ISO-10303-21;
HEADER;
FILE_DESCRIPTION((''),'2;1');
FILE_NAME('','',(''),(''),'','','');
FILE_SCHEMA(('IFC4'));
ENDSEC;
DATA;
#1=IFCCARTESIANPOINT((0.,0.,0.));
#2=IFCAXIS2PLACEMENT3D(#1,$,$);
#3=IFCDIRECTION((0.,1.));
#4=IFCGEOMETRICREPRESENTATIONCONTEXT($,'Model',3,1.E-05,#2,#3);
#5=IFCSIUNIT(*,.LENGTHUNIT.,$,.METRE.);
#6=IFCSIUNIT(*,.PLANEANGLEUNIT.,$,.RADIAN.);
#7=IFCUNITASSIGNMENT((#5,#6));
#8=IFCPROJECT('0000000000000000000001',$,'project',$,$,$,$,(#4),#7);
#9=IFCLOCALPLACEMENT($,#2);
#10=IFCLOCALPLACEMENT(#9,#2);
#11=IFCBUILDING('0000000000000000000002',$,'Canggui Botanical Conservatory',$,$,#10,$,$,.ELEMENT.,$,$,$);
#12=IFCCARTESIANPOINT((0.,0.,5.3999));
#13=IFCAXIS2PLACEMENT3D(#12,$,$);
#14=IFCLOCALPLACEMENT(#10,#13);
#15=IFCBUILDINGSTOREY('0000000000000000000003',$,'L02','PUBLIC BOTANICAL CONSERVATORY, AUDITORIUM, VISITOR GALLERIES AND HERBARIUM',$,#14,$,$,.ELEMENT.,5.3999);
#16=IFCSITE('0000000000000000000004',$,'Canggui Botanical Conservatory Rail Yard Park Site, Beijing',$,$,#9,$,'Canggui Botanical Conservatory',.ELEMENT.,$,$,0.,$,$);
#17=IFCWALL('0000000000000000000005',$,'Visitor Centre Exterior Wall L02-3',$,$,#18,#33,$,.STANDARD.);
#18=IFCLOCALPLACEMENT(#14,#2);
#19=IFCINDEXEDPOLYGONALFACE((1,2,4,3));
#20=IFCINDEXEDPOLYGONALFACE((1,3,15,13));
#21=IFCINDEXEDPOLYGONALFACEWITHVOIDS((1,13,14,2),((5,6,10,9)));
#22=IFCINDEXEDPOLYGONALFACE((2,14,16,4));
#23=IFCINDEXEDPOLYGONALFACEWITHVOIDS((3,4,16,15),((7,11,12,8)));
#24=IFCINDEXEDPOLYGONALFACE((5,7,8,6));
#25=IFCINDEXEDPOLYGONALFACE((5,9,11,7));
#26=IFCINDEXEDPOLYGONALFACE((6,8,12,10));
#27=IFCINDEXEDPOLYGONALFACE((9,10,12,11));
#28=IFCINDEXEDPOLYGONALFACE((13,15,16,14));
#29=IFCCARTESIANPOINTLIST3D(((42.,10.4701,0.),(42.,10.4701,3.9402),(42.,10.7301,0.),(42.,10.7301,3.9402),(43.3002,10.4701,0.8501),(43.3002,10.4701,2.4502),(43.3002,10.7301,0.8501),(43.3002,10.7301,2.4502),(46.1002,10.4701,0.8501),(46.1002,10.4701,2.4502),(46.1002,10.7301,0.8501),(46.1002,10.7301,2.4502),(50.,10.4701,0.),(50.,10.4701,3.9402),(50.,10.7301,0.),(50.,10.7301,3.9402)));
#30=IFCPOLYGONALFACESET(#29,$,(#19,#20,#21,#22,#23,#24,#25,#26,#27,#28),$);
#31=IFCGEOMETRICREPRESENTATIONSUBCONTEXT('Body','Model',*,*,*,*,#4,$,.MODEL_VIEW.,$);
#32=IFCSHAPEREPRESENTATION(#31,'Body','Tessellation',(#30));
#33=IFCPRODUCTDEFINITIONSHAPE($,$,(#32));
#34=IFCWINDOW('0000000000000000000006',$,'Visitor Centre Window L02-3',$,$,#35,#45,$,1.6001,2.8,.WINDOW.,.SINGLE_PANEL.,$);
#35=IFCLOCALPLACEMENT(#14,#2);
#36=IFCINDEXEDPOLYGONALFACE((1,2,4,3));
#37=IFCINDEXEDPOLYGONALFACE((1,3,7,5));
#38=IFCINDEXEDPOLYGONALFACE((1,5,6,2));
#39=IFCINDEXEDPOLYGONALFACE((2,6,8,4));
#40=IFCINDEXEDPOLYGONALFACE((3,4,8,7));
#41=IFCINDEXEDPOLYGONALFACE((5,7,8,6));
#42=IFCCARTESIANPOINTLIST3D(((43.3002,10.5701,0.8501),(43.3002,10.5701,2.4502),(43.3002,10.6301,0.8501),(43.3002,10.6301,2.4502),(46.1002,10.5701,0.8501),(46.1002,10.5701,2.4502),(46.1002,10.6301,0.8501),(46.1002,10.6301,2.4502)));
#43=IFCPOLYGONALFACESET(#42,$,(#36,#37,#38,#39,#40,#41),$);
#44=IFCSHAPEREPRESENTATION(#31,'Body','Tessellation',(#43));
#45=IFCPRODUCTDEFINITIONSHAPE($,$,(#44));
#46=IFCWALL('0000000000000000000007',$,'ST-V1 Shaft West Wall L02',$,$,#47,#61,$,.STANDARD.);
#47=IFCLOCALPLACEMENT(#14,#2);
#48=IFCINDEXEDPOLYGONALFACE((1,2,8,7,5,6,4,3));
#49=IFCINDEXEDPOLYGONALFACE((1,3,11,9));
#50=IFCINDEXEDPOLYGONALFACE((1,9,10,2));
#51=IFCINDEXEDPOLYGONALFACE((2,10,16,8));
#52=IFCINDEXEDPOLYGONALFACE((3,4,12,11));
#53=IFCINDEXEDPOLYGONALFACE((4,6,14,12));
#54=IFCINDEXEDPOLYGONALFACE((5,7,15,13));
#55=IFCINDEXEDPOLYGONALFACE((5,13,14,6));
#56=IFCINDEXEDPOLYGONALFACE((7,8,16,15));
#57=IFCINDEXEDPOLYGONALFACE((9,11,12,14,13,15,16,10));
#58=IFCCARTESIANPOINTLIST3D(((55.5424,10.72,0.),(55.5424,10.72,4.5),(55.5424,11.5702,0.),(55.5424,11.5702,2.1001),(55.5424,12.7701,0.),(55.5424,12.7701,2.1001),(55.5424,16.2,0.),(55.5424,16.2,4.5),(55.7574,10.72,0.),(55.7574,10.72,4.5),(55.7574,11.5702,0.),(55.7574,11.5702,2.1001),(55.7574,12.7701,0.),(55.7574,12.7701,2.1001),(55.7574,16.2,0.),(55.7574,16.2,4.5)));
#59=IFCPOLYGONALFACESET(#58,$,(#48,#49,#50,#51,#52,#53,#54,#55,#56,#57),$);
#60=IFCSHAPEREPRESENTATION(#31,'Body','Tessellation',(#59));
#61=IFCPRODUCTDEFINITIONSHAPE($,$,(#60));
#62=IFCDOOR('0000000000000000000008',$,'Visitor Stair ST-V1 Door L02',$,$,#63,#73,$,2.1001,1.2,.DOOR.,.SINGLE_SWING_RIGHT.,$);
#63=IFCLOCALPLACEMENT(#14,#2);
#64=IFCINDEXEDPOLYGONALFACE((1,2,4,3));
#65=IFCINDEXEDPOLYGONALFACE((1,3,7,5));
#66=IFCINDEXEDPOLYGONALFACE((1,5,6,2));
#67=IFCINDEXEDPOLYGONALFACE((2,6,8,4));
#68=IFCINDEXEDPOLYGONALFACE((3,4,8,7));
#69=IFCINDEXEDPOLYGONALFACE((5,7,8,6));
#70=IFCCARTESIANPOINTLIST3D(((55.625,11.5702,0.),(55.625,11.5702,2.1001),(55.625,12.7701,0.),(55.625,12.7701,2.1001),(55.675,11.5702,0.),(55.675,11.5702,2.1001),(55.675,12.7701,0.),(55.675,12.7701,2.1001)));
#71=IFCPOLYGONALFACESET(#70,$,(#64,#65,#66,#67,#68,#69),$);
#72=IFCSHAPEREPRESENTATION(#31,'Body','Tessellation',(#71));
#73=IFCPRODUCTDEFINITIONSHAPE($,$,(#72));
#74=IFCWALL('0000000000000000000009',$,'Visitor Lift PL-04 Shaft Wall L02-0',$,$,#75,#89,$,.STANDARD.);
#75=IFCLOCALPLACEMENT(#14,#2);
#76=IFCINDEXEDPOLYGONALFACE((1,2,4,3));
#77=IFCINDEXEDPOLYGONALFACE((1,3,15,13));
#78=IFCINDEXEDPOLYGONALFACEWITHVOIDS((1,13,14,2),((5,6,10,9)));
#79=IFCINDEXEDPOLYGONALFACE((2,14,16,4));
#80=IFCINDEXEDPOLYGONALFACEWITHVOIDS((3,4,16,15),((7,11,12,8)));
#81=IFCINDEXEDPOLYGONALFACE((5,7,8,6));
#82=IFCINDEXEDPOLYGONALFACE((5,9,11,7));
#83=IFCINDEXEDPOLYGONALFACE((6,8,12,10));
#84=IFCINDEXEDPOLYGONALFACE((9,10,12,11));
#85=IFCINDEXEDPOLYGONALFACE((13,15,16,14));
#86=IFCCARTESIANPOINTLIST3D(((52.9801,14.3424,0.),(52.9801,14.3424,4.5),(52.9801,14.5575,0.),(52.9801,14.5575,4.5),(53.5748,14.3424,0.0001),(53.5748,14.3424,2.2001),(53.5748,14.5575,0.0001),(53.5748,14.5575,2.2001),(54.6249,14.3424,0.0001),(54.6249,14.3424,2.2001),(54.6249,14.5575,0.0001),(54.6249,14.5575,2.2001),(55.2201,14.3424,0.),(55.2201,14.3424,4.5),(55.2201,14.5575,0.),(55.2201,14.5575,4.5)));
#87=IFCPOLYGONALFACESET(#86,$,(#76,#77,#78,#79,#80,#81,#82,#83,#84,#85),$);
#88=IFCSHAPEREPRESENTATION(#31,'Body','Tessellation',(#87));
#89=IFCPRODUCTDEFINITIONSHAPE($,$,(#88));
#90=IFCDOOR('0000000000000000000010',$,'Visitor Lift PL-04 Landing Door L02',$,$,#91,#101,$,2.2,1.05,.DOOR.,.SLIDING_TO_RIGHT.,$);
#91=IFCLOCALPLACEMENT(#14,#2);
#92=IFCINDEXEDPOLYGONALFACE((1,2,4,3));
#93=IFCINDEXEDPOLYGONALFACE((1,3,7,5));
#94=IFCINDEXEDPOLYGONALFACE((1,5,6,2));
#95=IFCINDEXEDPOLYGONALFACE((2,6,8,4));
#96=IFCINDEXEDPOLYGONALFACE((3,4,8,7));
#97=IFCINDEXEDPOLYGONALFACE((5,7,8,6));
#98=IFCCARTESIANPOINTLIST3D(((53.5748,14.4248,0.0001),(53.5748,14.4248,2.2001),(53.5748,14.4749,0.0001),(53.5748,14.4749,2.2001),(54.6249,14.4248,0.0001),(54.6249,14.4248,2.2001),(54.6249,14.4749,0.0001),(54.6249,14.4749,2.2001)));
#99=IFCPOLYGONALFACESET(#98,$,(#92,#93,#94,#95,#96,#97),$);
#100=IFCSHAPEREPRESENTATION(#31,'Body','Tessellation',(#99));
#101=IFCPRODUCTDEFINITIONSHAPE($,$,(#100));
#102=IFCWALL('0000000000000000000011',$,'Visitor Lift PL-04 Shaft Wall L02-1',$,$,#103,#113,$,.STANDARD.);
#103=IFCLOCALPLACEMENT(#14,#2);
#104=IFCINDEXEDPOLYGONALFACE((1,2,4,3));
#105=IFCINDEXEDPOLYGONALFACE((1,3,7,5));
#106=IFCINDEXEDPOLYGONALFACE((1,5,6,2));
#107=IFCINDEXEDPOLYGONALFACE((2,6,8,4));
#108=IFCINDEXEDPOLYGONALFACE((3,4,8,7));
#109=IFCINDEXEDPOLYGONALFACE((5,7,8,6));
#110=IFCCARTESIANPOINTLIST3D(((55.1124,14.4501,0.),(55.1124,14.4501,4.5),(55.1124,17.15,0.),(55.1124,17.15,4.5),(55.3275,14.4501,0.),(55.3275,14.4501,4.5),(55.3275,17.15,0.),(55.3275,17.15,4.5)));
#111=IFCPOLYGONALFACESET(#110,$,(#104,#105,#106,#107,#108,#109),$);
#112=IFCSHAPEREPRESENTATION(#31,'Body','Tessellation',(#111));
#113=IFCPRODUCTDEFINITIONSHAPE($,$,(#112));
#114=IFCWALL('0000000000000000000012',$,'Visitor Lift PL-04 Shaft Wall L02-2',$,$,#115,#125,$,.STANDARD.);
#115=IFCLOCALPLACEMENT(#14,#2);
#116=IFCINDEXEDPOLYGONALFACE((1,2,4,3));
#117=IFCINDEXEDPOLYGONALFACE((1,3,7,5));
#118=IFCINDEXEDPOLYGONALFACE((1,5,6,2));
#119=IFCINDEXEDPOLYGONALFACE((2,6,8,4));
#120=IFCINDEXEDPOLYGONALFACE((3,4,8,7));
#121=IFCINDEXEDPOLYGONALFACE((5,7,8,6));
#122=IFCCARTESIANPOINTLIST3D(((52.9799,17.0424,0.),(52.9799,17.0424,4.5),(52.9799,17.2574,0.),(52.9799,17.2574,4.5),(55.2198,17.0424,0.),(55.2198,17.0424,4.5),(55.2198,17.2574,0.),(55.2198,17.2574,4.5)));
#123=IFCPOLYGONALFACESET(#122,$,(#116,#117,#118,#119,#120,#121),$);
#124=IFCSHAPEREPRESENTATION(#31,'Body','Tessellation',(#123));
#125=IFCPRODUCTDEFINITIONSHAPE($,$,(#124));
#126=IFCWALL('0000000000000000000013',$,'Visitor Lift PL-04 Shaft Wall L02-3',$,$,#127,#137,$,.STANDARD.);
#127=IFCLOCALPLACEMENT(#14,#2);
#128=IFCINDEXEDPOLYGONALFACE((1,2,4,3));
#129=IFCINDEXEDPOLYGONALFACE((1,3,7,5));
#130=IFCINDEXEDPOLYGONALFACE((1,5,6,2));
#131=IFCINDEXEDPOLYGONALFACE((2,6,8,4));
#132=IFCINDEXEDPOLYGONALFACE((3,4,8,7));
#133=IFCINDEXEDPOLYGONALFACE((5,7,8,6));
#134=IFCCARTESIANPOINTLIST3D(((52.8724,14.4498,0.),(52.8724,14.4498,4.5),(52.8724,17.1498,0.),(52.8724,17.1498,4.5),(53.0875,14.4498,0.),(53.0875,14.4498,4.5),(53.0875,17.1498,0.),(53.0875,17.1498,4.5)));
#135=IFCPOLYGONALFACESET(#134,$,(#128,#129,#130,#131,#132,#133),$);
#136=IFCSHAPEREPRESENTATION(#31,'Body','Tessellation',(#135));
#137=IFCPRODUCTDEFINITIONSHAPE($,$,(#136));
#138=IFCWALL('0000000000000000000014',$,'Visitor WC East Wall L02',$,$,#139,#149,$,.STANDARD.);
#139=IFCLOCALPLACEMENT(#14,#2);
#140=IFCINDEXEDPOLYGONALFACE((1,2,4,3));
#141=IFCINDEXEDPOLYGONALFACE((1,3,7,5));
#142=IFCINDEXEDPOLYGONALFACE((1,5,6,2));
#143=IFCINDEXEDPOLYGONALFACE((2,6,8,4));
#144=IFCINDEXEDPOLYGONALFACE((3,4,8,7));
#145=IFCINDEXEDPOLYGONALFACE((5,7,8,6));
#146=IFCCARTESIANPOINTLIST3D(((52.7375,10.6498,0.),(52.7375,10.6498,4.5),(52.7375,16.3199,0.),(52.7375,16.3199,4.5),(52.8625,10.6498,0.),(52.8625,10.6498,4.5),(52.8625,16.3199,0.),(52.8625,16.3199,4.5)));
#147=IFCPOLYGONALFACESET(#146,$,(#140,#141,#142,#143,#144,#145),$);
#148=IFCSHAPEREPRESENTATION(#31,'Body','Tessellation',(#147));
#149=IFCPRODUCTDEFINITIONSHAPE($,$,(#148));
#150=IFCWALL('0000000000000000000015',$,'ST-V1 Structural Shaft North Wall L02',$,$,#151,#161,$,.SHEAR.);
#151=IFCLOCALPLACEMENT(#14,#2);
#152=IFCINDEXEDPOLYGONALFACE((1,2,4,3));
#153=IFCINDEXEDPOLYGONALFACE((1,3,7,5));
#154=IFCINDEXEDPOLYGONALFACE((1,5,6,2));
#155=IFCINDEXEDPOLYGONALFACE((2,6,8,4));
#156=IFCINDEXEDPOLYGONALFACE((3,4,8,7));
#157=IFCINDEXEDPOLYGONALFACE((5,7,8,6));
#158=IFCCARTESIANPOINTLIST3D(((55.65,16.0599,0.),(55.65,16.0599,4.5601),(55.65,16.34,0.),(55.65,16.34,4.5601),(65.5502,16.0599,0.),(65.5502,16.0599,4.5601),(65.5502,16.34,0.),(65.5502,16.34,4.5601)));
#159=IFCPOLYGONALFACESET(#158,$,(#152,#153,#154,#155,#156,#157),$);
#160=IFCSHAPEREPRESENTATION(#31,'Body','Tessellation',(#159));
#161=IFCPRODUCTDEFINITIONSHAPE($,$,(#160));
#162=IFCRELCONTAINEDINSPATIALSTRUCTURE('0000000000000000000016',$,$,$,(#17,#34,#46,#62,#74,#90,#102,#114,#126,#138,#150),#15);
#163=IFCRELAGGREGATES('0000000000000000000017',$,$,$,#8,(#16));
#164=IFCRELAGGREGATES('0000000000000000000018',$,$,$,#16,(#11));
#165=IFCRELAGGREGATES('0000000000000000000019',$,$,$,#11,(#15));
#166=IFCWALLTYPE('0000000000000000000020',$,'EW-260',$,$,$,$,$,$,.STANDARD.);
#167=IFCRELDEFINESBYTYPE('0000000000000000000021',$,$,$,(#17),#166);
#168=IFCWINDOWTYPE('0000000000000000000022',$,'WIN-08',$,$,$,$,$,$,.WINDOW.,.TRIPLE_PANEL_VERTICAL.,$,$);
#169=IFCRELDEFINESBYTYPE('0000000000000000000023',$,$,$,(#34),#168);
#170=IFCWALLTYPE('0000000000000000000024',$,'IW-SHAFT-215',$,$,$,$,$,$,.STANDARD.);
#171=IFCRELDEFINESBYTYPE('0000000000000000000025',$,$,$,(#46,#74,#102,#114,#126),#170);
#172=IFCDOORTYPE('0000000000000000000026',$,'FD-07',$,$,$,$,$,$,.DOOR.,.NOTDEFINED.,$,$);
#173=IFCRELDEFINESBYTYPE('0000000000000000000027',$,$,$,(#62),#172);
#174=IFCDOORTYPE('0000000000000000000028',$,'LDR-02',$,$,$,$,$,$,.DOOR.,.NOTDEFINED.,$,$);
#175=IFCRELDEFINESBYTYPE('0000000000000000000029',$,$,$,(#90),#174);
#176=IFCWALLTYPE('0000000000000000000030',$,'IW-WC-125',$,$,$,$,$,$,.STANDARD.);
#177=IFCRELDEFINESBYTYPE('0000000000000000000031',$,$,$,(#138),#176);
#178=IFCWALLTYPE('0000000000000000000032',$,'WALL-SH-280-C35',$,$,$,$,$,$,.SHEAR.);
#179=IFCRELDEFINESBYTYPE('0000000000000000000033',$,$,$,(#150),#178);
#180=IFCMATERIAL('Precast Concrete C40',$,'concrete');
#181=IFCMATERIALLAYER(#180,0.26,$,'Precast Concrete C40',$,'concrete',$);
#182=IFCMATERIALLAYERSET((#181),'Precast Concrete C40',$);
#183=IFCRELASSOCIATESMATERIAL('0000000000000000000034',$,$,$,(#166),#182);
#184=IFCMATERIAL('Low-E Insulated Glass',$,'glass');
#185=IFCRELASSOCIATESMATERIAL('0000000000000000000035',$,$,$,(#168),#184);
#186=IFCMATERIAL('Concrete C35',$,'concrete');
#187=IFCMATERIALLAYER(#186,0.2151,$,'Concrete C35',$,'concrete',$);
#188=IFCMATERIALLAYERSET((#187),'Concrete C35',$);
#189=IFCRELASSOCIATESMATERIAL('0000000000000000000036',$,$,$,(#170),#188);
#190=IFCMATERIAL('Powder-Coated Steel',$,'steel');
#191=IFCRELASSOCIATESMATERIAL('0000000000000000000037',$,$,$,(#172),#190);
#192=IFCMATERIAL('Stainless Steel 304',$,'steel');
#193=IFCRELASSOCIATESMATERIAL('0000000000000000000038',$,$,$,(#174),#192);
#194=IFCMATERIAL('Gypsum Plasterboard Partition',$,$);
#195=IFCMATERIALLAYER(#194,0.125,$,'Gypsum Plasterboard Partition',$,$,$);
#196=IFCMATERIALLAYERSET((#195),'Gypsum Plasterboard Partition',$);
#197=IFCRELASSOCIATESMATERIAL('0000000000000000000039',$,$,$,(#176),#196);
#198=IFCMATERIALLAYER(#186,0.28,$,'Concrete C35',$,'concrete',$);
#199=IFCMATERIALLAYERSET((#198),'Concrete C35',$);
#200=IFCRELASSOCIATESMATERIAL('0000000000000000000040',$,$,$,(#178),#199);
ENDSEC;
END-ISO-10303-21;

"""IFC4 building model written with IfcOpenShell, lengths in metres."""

from ifc_helpers import new_model, si_unit, direction, frame, frame_2d, origin, place, context, subcontext, project, spatial, rectangle, extrude, material, layer, layer_set, type_object, element, fill, save


model = new_model("IFC4")

# Units and contexts
model_context = context("Model", 3, precision=1e-05, world=origin(), true_north=direction((0.0, 1.0)))
body_context = subcontext(model_context, "Body", "Model", "MODEL_VIEW")
ifc_project = project(units=[si_unit("LENGTHUNIT", "METRE"), si_unit("PLANEANGLEUNIT", "RADIAN")], contexts=[model_context])

# Site, building, storey
site_placement = place(None, origin())
site = spatial("IfcSite", under=ifc_project, at=site_placement, Name="Canggui Botanical Conservatory Rail Yard Park Site, Beijing", LongName="Canggui Botanical Conservatory", CompositionType="ELEMENT", RefElevation=0.0)
building_placement = place(site_placement, origin())
building = spatial("IfcBuilding", under=site, at=building_placement, Name="Canggui Botanical Conservatory", CompositionType="ELEMENT")
storey_placement = place(building_placement, frame((0.0, 0.0, 5.3999)))
storey = spatial("IfcBuildingStorey", under=building, at=storey_placement, Name="L02", Description="PUBLIC BOTANICAL CONSERVATORY, AUDITORIUM, VISITOR GALLERIES AND HERBARIUM", CompositionType="ELEMENT", Elevation=5.3999)

# Shared definitions
ifc_material_1 = material(Name="Concrete C35", Category="concrete")

# Wall, opening, window
ifc_material_2 = material(Name="Precast Concrete C40", Category="concrete")
ifc_layer_1 = layer(ifc_material_2, 0.26, Name="Precast Concrete C40", Category="concrete")
ifc_layer_set_1 = layer_set([ifc_layer_1], Name="Precast Concrete C40")
wall_type_1 = type_object("IfcWallType", Name="EW-260", PredefinedType="STANDARD", material=ifc_layer_set_1)
ifc_material_3 = material(Name="Low-E Insulated Glass", Category="glass")
wall_1_placement = place(storey_placement, frame((50.0, 10.6001, 0.0), z_axis=(0.0, 0.0, 1.0), x_axis=(-1.0, 0.0, 0.0)))
wall_1 = element("IfcWall", 1, at=wall_1_placement, inside=storey, type_object=wall_type_1, Name="Visitor Centre Exterior Wall L02-3", PredefinedType="STANDARD", context=body_context, shape_type="SweptSolid", body=[
    extrude(rectangle(XDim=8.0, YDim=0.26, at=frame_2d((4.0, 0.0))), origin(), (0.0, 0.0, 1.0), 3.9402),
])
opening_1_placement = place(wall_1_placement, frame((3.8999, 0.0, 0.8501)))
opening_1 = element("IfcOpeningElement", 2, at=opening_1_placement, cuts=wall_1, PredefinedType="OPENING", context=body_context, shape_type="SweptSolid", body=[
    extrude(rectangle(XDim=2.8, YDim=1.6001, at=frame_2d((1.3999, 0.8))), frame((0.0, 0.1401, 0.0), z_axis=(0.0, -1.0, 0.0), x_axis=(1.0, 0.0, 0.0)), (0.0, 0.0, 1.0), 0.28),
])
window_type_1 = type_object("IfcWindowType", Name="WIN-08", PartitioningType="TRIPLE_PANEL_VERTICAL", PredefinedType="WINDOW", material=ifc_material_3)
window_1_placement = place(opening_1_placement, origin())
window_1 = element("IfcWindow", 3, at=window_1_placement, inside=storey, type_object=window_type_1, Name="Visitor Centre Window L02-3", OverallHeight=1.6001, OverallWidth=2.8, PartitioningType="SINGLE_PANEL", PredefinedType="WINDOW", context=body_context, shape_type="SweptSolid", body=[
    extrude(rectangle(XDim=2.8, YDim=1.6001, at=frame_2d((1.3999, 0.8))), frame((0.0, 0.03, 0.0), z_axis=(0.0, -1.0, 0.0), x_axis=(1.0, 0.0, 0.0)), (0.0, 0.0, 1.0), 0.0601),
])
fill(opening_1, window_1)

# Walls, openings, doors
ifc_layer_2 = layer(ifc_material_1, 0.2151, Name="Concrete C35", Category="concrete")
ifc_layer_set_2 = layer_set([ifc_layer_2], Name="Concrete C35")
wall_type_2 = type_object("IfcWallType", Name="IW-SHAFT-215", PredefinedType="STANDARD", material=ifc_layer_set_2)
wall_2_placement = place(storey_placement, frame((55.6499, 10.72, 0.0), z_axis=(0.0, 0.0, 1.0), x_axis=(0.0, 1.0, 0.0)))
wall_2 = element("IfcWall", 4, at=wall_2_placement, inside=storey, type_object=wall_type_2, Name="ST-V1 Shaft West Wall L02", PredefinedType="STANDARD", context=body_context, shape_type="SweptSolid", body=[
    extrude(rectangle(XDim=5.48, YDim=0.2151, at=frame_2d((2.74, 0.0))), origin(), (0.0, 0.0, 1.0), 4.5),
])
opening_2_placement = place(wall_2_placement, frame((0.8501, 0.0, 0.0)))
opening_2 = element("IfcOpeningElement", 5, at=opening_2_placement, cuts=wall_2, PredefinedType="OPENING", context=body_context, shape_type="SweptSolid", body=[
    extrude(rectangle(XDim=1.2, YDim=2.1001, at=frame_2d((0.6001, 1.05))), frame((0.0, 0.1177, 0.0), z_axis=(0.0, -1.0, 0.0), x_axis=(1.0, 0.0, 0.0)), (0.0, 0.0, 1.0), 0.2351),
])
ifc_material_4 = material(Name="Powder-Coated Steel", Category="steel")
door_type_1 = type_object("IfcDoorType", Name="FD-07", OperationType="NOTDEFINED", PredefinedType="DOOR", material=ifc_material_4)
door_1_placement = place(opening_2_placement, origin())
door_1 = element("IfcDoor", 6, at=door_1_placement, inside=storey, type_object=door_type_1, Name="Visitor Stair ST-V1 Door L02", OperationType="SINGLE_SWING_RIGHT", OverallHeight=2.1001, OverallWidth=1.2, PredefinedType="DOOR", context=body_context, shape_type="SweptSolid", body=[
    extrude(rectangle(XDim=1.2, YDim=2.1001, at=frame_2d((0.6001, 1.05))), frame((0.0, 0.0249, 0.0), z_axis=(0.0, -1.0, 0.0), x_axis=(1.0, 0.0, 0.0)), (0.0, 0.0, 1.0), 0.05),
])
fill(opening_2, door_1)
wall_3_placement = place(storey_placement, frame((52.98, 14.45, 0.0), z_axis=(0.0, 0.0, 1.0), x_axis=(1.0, 0.0, 0.0)))
wall_3 = element("IfcWall", 7, at=wall_3_placement, inside=storey, type_object=wall_type_2, Name="Visitor Lift PL-04 Shaft Wall L02-0", PredefinedType="STANDARD", context=body_context, shape_type="SweptSolid", body=[
    extrude(rectangle(XDim=2.24, YDim=0.2151, at=frame_2d((1.1201, 0.0))), origin(), (0.0, 0.0, 1.0), 4.5),
])
opening_3_placement = place(wall_3_placement, frame((0.595, 0.0, 0.0)))
opening_3 = element("IfcOpeningElement", 8, at=opening_3_placement, cuts=wall_3, PredefinedType="OPENING", context=body_context, shape_type="SweptSolid", body=[
    extrude(rectangle(XDim=1.05, YDim=2.2, at=frame_2d((0.5249, 1.1001))), frame((0.0, 0.1177, 0.0), z_axis=(0.0, -1.0, 0.0), x_axis=(1.0, 0.0, 0.0)), (0.0, 0.0, 1.0), 0.2351),
])
ifc_material_5 = material(Name="Stainless Steel 304", Category="steel")
door_type_2 = type_object("IfcDoorType", Name="LDR-02", OperationType="NOTDEFINED", PredefinedType="DOOR", material=ifc_material_5)
door_2_placement = place(opening_3_placement, origin())
door_2 = element("IfcDoor", 9, at=door_2_placement, inside=storey, type_object=door_type_2, Name="Visitor Lift PL-04 Landing Door L02", OperationType="SLIDING_TO_RIGHT", OverallHeight=2.2, OverallWidth=1.05, PredefinedType="DOOR", context=body_context, shape_type="SweptSolid", body=[
    extrude(rectangle(XDim=1.05, YDim=2.2, at=frame_2d((0.5249, 1.1001))), frame((0.0, 0.0249, 0.0), z_axis=(0.0, -1.0, 0.0), x_axis=(1.0, 0.0, 0.0)), (0.0, 0.0, 1.0), 0.05),
])
fill(opening_3, door_2)

# Walls
wall_4_placement = place(storey_placement, frame((55.22, 14.45, 0.0), z_axis=(0.0, 0.0, 1.0), x_axis=(0.0, 1.0, 0.0)))
element("IfcWall", 10, at=wall_4_placement, inside=storey, type_object=wall_type_2, Name="Visitor Lift PL-04 Shaft Wall L02-1", PredefinedType="STANDARD", context=body_context, shape_type="SweptSolid", body=[
    extrude(rectangle(XDim=2.7, YDim=0.2151, at=frame_2d((1.3501, 0.0))), origin(), (0.0, 0.0, 1.0), 4.5),
])
wall_5_placement = place(storey_placement, frame((55.22, 17.1499, 0.0), z_axis=(0.0, 0.0, 1.0), x_axis=(-1.0, 0.0, 0.0)))
element("IfcWall", 11, at=wall_5_placement, inside=storey, type_object=wall_type_2, Name="Visitor Lift PL-04 Shaft Wall L02-2", PredefinedType="STANDARD", context=body_context, shape_type="SweptSolid", body=[
    extrude(rectangle(XDim=2.24, YDim=0.2151, at=frame_2d((1.1201, 0.0))), origin(), (0.0, 0.0, 1.0), 4.5),
])
wall_6_placement = place(storey_placement, frame((52.98, 17.1499, 0.0), z_axis=(0.0, 0.0, 1.0), x_axis=(0.0, -1.0, 0.0)))
element("IfcWall", 12, at=wall_6_placement, inside=storey, type_object=wall_type_2, Name="Visitor Lift PL-04 Shaft Wall L02-3", PredefinedType="STANDARD", context=body_context, shape_type="SweptSolid", body=[
    extrude(rectangle(XDim=2.7, YDim=0.2151, at=frame_2d((1.3501, 0.0))), origin(), (0.0, 0.0, 1.0), 4.5),
])
ifc_material_6 = material(Name="Gypsum Plasterboard Partition")
ifc_layer_3 = layer(ifc_material_6, 0.125, Name="Gypsum Plasterboard Partition")
ifc_layer_set_3 = layer_set([ifc_layer_3], Name="Gypsum Plasterboard Partition")
wall_type_3 = type_object("IfcWallType", Name="IW-WC-125", PredefinedType="STANDARD", material=ifc_layer_set_3)
wall_7_placement = place(storey_placement, frame((52.8, 10.6499, 0.0), z_axis=(0.0, 0.0, 1.0), x_axis=(0.0, 1.0, 0.0)))
element("IfcWall", 13, at=wall_7_placement, inside=storey, type_object=wall_type_3, Name="Visitor WC East Wall L02", PredefinedType="STANDARD", context=body_context, shape_type="SweptSolid", body=[
    extrude(rectangle(XDim=5.6702, YDim=0.125, at=frame_2d((2.835, 0.0))), origin(), (0.0, 0.0, 1.0), 4.5),
])
ifc_layer_4 = layer(ifc_material_1, 0.28, Name="Concrete C35", Category="concrete")
ifc_layer_set_4 = layer_set([ifc_layer_4], Name="Concrete C35")
wall_type_4 = type_object("IfcWallType", Name="WALL-SH-280-C35", PredefinedType="SHEAR", material=ifc_layer_set_4)
wall_8_placement = place(storey_placement, frame((55.6499, 16.2, 0.0), z_axis=(0.0, 0.0, 1.0), x_axis=(1.0, 0.0, 0.0)))
element("IfcWall", 14, at=wall_8_placement, inside=storey, type_object=wall_type_4, Name="ST-V1 Structural Shaft North Wall L02", PredefinedType="SHEAR", context=body_context, shape_type="SweptSolid", body=[
    extrude(rectangle(XDim=9.9001, YDim=0.28, at=frame_2d((4.9502, 0.0))), origin(), (0.0, 0.0, 1.0), 4.5601),
])

save(model, "model.ifc")
